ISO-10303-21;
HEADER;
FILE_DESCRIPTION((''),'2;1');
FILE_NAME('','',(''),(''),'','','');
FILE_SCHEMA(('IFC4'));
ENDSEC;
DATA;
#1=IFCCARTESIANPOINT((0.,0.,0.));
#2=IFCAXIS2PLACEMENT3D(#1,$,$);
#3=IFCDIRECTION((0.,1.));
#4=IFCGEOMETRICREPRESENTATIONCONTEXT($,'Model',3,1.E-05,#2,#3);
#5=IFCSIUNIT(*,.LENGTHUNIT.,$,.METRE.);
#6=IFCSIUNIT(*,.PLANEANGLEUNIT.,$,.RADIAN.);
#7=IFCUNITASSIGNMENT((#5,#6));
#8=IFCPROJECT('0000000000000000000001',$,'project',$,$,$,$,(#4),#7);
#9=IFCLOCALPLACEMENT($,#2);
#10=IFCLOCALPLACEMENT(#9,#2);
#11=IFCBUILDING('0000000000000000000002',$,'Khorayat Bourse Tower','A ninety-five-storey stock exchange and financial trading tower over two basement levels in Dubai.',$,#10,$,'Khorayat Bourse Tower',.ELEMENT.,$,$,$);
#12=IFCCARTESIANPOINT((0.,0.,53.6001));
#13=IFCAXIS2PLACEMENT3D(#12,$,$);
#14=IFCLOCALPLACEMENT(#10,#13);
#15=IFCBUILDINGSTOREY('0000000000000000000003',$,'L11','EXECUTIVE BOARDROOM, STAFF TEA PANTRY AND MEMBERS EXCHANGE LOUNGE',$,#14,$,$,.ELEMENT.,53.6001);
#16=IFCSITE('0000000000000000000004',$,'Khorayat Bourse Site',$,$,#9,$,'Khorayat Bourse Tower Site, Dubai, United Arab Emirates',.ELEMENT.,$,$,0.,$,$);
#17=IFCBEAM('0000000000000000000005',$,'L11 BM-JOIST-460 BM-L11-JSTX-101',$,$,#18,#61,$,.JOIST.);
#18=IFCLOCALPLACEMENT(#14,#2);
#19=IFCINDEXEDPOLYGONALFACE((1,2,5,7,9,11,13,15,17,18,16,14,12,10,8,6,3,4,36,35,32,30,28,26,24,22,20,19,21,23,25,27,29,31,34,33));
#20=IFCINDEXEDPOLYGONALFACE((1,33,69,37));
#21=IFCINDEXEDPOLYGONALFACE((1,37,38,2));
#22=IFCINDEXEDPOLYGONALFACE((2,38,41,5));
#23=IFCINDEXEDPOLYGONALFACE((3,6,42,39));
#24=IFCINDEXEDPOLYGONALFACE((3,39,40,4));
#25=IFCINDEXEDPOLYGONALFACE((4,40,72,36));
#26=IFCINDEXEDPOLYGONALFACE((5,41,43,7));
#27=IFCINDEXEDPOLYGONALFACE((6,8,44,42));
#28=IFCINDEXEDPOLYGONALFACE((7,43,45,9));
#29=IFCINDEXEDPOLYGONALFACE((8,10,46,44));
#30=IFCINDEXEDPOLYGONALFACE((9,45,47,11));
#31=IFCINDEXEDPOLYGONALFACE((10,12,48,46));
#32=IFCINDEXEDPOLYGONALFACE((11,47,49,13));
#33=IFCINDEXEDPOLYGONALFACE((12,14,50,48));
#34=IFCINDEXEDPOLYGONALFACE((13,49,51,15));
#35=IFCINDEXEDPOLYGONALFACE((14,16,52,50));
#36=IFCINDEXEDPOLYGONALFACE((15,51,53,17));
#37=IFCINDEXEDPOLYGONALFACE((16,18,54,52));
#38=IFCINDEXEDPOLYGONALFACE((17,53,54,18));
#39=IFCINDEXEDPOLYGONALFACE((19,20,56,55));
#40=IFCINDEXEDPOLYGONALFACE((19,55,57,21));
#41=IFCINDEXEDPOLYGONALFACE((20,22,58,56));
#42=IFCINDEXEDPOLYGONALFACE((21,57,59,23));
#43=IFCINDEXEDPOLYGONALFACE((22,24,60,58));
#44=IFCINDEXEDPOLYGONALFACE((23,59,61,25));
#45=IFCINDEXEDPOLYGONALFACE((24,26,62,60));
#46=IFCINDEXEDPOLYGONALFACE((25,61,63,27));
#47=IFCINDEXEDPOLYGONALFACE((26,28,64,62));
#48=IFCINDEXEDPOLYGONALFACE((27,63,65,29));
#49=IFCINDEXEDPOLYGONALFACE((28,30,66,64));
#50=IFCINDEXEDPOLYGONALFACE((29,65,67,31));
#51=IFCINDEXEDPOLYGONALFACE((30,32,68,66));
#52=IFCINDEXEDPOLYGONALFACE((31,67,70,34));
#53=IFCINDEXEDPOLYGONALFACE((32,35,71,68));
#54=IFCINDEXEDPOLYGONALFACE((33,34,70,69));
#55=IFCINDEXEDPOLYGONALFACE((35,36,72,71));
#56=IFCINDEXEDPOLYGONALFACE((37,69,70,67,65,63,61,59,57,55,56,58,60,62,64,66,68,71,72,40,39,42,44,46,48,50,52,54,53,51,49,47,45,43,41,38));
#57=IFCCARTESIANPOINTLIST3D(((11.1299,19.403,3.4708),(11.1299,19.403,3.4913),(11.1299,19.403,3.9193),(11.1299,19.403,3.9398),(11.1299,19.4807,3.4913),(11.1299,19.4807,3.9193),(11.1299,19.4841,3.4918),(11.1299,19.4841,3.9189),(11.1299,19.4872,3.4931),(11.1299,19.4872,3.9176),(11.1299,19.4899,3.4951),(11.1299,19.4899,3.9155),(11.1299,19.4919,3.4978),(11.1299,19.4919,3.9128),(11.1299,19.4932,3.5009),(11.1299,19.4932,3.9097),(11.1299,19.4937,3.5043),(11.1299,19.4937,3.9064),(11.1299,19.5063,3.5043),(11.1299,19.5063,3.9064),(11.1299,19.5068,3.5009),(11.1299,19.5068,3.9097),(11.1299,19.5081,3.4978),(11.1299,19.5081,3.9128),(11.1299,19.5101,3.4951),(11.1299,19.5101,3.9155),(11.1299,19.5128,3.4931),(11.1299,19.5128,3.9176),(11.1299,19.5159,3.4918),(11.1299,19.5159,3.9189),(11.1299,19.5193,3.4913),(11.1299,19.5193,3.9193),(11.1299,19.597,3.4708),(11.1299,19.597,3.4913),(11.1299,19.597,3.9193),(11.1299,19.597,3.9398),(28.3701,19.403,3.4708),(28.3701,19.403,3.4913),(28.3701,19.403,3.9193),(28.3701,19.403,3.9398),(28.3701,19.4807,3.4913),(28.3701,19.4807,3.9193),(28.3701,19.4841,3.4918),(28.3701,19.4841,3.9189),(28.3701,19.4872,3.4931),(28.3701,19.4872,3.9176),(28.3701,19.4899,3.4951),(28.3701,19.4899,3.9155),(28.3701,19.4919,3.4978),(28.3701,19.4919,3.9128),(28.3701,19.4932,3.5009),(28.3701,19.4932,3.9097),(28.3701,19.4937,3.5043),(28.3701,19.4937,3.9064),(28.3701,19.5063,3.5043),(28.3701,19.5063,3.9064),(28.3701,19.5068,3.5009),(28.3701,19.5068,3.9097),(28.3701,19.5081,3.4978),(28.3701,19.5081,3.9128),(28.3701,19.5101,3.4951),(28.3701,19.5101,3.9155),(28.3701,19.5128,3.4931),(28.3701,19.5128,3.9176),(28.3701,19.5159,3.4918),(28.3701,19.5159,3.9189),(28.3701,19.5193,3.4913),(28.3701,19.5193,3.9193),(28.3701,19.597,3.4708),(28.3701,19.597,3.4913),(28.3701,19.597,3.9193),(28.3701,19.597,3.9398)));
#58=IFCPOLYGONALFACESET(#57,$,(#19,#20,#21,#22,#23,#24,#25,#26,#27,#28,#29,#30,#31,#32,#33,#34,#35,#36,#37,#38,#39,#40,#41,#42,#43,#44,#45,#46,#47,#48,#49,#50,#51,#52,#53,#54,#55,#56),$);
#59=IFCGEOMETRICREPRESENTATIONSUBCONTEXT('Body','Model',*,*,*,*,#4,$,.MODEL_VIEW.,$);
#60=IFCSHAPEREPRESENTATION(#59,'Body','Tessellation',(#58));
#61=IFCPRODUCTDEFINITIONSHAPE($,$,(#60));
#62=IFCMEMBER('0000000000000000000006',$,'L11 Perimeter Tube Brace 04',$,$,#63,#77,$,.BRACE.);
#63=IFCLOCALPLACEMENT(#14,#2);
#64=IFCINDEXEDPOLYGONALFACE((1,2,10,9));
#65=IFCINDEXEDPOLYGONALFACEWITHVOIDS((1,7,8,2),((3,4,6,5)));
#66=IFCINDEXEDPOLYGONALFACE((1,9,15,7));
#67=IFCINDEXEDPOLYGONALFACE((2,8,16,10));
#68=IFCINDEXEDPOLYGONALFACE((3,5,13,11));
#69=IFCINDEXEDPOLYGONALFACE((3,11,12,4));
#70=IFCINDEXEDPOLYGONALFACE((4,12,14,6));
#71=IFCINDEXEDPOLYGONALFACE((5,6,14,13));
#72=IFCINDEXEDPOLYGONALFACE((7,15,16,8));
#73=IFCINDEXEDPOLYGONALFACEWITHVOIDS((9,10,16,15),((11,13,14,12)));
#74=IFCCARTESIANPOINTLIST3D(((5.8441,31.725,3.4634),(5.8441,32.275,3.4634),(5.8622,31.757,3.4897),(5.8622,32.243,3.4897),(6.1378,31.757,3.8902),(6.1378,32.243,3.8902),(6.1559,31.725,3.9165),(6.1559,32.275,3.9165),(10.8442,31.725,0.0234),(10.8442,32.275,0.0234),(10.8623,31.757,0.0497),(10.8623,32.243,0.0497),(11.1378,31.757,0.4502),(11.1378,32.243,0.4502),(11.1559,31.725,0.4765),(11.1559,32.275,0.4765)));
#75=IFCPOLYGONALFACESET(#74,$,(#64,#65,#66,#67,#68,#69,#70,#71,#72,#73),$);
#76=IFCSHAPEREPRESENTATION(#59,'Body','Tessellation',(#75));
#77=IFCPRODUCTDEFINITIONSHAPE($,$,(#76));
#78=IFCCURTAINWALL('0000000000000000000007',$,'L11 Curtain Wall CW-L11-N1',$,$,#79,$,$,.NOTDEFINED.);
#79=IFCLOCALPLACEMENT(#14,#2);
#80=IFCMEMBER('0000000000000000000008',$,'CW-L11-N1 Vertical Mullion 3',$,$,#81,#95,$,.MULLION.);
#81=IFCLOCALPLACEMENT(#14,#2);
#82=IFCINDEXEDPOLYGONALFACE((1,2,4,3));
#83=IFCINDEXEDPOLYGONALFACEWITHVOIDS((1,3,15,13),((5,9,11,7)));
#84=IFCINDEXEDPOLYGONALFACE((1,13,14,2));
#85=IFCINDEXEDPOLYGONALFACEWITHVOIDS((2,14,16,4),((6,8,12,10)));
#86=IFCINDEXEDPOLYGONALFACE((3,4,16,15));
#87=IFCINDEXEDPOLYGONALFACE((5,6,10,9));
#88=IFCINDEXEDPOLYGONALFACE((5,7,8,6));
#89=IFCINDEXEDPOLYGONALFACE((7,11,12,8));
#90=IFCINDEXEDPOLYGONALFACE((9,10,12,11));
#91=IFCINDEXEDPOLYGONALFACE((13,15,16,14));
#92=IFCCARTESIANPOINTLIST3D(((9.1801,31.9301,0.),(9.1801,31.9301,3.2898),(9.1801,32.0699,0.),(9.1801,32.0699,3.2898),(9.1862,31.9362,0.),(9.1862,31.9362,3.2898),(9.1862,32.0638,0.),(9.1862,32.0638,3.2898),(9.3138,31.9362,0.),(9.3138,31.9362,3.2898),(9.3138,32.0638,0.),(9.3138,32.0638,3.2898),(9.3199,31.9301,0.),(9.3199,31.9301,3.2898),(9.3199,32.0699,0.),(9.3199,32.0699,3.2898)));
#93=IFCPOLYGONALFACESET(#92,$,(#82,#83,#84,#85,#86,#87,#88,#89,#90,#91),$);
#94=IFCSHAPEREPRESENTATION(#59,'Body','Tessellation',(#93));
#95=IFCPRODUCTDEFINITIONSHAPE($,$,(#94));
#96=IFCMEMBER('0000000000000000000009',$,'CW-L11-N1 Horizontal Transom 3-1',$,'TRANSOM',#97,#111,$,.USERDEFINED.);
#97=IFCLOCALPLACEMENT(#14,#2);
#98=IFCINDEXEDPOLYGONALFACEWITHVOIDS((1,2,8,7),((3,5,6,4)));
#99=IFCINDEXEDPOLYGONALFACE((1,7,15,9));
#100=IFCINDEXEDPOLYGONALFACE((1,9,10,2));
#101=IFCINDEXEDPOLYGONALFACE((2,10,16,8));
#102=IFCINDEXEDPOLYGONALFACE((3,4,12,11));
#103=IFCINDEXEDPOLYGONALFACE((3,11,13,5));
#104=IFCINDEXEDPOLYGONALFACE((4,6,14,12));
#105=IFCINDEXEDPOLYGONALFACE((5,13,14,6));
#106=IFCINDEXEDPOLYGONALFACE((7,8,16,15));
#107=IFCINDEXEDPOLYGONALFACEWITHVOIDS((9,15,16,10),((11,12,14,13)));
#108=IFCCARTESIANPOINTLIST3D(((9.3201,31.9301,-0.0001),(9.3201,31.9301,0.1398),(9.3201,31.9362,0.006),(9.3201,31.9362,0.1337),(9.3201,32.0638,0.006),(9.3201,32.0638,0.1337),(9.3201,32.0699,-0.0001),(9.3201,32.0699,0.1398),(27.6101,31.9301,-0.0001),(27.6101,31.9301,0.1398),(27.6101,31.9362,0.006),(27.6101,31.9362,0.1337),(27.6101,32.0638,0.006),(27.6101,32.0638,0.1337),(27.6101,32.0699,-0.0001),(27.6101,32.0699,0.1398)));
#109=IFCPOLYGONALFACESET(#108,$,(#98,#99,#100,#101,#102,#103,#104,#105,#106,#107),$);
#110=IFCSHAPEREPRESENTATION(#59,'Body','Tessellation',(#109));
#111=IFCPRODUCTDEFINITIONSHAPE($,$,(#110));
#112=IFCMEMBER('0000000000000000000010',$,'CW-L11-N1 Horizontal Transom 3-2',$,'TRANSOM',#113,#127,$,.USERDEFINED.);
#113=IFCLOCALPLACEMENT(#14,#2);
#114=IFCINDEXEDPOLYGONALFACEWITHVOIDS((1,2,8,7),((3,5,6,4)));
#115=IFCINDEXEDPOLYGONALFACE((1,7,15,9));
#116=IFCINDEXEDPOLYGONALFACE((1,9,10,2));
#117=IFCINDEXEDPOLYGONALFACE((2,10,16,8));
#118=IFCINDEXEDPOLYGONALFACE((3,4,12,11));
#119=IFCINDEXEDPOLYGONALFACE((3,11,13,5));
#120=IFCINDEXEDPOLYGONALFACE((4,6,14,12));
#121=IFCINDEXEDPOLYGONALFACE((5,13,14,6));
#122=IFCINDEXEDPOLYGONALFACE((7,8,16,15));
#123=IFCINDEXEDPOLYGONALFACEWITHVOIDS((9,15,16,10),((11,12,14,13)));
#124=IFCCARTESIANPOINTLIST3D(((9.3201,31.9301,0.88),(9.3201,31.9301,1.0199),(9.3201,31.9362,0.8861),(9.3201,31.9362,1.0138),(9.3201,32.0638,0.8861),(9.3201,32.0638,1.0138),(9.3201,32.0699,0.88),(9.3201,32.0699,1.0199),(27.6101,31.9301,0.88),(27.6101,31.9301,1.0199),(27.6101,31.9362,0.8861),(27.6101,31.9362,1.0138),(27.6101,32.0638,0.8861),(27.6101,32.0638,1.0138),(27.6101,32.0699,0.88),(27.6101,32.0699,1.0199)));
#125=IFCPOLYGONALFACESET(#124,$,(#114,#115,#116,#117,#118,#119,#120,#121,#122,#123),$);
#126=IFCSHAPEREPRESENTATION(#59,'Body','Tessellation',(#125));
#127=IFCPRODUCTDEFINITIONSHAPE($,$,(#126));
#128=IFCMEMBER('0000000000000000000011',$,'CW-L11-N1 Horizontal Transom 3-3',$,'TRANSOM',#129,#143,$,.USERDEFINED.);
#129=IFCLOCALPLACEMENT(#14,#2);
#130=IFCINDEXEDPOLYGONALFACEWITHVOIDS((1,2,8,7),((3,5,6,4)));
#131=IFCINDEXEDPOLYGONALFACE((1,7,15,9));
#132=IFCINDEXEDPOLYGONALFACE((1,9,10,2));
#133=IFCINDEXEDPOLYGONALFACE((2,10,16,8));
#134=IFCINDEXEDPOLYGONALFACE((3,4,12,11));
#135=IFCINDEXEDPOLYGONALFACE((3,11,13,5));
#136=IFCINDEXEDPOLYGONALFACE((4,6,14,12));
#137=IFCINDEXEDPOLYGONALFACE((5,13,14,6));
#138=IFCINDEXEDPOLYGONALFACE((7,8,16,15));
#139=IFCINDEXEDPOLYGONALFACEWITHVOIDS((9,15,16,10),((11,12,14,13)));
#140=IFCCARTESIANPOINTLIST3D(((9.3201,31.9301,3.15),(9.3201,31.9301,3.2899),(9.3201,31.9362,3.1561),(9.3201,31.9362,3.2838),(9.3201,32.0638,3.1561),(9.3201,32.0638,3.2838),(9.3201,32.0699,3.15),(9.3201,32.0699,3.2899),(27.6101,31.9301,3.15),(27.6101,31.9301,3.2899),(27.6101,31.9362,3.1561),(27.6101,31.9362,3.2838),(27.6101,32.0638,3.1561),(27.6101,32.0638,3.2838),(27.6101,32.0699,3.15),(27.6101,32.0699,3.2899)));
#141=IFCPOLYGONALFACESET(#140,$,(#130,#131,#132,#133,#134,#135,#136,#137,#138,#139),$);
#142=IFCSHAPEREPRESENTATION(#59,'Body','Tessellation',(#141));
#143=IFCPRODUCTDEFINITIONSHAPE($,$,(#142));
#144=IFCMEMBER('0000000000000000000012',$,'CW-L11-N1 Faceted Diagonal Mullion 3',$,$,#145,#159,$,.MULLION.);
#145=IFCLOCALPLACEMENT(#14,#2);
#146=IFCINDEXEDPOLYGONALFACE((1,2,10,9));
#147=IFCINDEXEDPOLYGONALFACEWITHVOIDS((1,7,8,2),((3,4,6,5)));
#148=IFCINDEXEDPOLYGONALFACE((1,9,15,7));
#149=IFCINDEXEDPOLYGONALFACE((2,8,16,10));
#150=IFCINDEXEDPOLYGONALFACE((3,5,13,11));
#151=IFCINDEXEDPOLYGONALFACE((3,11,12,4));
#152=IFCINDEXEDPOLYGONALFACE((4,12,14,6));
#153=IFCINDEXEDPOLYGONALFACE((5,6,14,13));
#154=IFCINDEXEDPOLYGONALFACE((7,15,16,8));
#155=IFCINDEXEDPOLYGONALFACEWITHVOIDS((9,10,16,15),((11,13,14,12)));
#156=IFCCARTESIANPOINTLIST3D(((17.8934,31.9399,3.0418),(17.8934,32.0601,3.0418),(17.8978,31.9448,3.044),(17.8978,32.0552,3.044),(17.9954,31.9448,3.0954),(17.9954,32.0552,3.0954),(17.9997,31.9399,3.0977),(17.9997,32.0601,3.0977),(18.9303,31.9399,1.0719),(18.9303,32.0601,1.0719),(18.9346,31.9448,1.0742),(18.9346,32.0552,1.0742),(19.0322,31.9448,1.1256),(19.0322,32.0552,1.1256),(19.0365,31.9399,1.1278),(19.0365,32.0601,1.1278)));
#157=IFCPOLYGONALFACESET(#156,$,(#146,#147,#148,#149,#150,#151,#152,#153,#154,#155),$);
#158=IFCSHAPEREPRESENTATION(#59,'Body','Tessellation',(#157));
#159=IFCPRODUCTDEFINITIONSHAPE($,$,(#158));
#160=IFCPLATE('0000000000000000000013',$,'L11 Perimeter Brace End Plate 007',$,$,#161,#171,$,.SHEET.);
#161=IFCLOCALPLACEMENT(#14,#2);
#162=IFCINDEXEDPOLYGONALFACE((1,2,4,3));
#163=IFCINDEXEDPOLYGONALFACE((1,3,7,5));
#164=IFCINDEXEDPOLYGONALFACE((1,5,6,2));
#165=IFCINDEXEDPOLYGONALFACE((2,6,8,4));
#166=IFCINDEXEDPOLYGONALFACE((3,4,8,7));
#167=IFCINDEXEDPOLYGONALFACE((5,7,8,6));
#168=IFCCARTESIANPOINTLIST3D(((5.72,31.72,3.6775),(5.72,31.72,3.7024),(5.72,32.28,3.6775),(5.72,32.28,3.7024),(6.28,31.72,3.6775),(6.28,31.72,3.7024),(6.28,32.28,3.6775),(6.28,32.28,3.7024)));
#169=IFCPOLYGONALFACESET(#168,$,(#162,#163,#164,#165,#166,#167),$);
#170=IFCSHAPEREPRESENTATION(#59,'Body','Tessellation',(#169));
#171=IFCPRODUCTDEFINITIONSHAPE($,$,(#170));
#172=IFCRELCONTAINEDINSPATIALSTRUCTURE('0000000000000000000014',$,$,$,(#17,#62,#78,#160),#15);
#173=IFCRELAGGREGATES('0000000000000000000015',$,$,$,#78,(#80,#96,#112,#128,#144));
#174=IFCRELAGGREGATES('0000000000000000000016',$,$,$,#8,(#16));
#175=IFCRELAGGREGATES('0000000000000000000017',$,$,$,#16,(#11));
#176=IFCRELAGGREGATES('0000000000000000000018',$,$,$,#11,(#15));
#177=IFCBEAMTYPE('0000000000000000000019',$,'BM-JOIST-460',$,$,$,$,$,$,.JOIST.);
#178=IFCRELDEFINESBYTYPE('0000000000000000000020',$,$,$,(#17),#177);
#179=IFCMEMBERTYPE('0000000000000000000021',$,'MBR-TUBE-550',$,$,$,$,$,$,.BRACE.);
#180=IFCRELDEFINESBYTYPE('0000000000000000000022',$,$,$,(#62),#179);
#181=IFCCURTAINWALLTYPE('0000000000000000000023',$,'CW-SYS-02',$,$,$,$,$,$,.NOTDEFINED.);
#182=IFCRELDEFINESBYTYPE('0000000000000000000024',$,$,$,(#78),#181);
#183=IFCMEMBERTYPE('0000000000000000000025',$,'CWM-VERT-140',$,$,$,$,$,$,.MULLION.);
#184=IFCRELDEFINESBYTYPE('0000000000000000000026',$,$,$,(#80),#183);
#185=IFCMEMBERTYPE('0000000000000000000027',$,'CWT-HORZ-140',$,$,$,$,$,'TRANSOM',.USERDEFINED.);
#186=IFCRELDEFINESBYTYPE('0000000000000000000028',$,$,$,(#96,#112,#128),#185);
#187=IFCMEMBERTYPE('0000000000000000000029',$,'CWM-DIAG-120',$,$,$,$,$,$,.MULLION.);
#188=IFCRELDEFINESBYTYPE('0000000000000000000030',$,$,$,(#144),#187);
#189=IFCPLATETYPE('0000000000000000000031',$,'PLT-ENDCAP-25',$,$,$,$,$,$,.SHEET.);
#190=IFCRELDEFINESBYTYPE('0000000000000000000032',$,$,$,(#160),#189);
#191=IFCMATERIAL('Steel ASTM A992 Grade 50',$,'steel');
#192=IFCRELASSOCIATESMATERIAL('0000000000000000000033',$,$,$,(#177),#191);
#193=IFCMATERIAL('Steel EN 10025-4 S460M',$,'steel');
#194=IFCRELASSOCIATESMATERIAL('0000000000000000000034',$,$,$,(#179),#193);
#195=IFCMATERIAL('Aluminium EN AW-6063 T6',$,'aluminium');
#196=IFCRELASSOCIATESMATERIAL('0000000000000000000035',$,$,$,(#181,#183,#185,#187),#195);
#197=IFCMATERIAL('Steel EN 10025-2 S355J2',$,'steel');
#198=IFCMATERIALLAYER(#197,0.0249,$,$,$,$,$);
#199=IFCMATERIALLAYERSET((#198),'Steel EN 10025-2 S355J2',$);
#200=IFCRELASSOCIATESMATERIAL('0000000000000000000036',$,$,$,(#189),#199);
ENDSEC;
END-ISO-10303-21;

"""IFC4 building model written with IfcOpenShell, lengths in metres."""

from ifc_helpers import new_model, si_unit, direction, frame, origin, origin_2d, place, context, subcontext, project, spatial, rectangle, hollow_rectangle, i_section, extrude, source, transform, mapped, material, layer, layer_set, material_profile, profile_set, type_object, element, aggregate, save


model = new_model("IFC4")

# Units and contexts
model_context = context("Model", 3, precision=1e-05, world=origin(), true_north=direction((0.0, 1.0)))
body_context = subcontext(model_context, "Body", "Model", "MODEL_VIEW")
ifc_project = project(units=[si_unit("LENGTHUNIT", "METRE"), si_unit("PLANEANGLEUNIT", "RADIAN")], contexts=[model_context])

# Site, building, storey
site_placement = place(None, origin())
site = spatial("IfcSite", under=ifc_project, at=site_placement, Name="Khorayat Bourse Site", LongName="Khorayat Bourse Tower Site, Dubai, United Arab Emirates", CompositionType="ELEMENT", RefElevation=0.0)
building_placement = place(site_placement, origin())
building = spatial("IfcBuilding", under=site, at=building_placement, Name="Khorayat Bourse Tower", Description="A ninety-five-storey stock exchange and financial trading tower over two basement levels in Dubai.", LongName="Khorayat Bourse Tower", CompositionType="ELEMENT")
storey_placement = place(building_placement, frame((0.0, 0.0, 53.6001)))
storey = spatial("IfcBuildingStorey", under=building, at=storey_placement, Name="L11", Description="EXECUTIVE BOARDROOM, STAFF TEA PANTRY AND MEMBERS EXCHANGE LOUNGE", CompositionType="ELEMENT", Elevation=53.6001)

# Shared definitions
ifc_material_1 = material(Name="Steel EN 10025-4 S460M", Category="steel")

# Beam
ifc_material_2 = material(Name="Steel ASTM A992 Grade 50", Category="steel")
ifc_material_profile_1 = material_profile(ifc_material_2, i_section(OverallWidth=0.1941, OverallDepth=0.469, WebThickness=0.0127, FlangeThickness=0.0205, FilletRadius=0.0129, at=origin_2d()), Name="W460X106")
ifc_profile_set_1 = profile_set([ifc_material_profile_1], Name="Steel ASTM A992 Grade 50")
beam_type_1 = type_object("IfcBeamType", Name="BM-JOIST-460", PredefinedType="JOIST", material=ifc_profile_set_1)
shared_shape_1 = source(origin(), body_context, "Body", "SweptSolid", [
    extrude(i_section(OverallWidth=0.1941, OverallDepth=0.469, WebThickness=0.0127, FlangeThickness=0.0205, FilletRadius=0.0129, at=origin_2d()), origin(), (0.0, 0.0, 1.0), 17.2402),
])
beam_1_placement = place(storey_placement, frame((11.1299, 19.5, 3.7053), z_axis=(1.0, 0.0, 0.0), x_axis=(0.0, 1.0, 0.0)))
element("IfcBeam", 1, at=beam_1_placement, inside=storey, type_object=beam_type_1, Name="L11 BM-JOIST-460 BM-L11-JSTX-101", PredefinedType="JOIST", context=body_context, shape_type="MappedRepresentation", body=[
    mapped(shared_shape_1, transform((0.0, 0.0, 0.0), scale=1.0)),
])

# Member
ifc_material_profile_2 = material_profile(ifc_material_1, hollow_rectangle(XDim=0.55, YDim=0.55, WallThickness=0.032, at=origin_2d()), Name="HSS 550x550x32")
ifc_profile_set_2 = profile_set([ifc_material_profile_2], Name="Steel EN 10025-4 S460M")
member_type_1 = type_object("IfcMemberType", Name="MBR-TUBE-550", PredefinedType="BRACE", material=ifc_profile_set_2)
shared_shape_2 = source(origin(), body_context, "Body", "SweptSolid", [
    extrude(hollow_rectangle(XDim=0.55, YDim=0.55, WallThickness=0.032, at=origin_2d()), origin(), (0.0, 0.0, 1.0), 6.0691),
])
member_1_placement = place(storey_placement, frame((6.0, 32.0, 3.6899), z_axis=(0.823854, 0.0, -0.566802), x_axis=(0.0, 1.0, 0.0)))
element("IfcMember", 2, at=member_1_placement, inside=storey, type_object=member_type_1, Name="L11 Perimeter Tube Brace 04", PredefinedType="BRACE", context=body_context, shape_type="MappedRepresentation", body=[
    mapped(shared_shape_2, transform((0.0, 0.0, 0.0), scale=1.0)),
])

# Curtain wall, members
ifc_material_3 = material(Name="Aluminium EN AW-6063 T6", Category="aluminium")
curtain_wall_type = type_object("IfcCurtainWallType", Name="CW-SYS-02", PredefinedType="NOTDEFINED", material=ifc_material_3)
curtain_wall_placement = place(storey_placement, origin())
curtain_wall = element("IfcCurtainWall", 3, at=curtain_wall_placement, inside=storey, type_object=curtain_wall_type, Name="L11 Curtain Wall CW-L11-N1", PredefinedType="NOTDEFINED")
ifc_material_profile_3 = material_profile(ifc_material_3, hollow_rectangle(XDim=0.1399, YDim=0.1399, WallThickness=0.0061, at=origin_2d()), Name="ALU 140x140x6")
ifc_profile_set_3 = profile_set([ifc_material_profile_3], Name="Aluminium EN AW-6063 T6")
member_type_2 = type_object("IfcMemberType", Name="CWM-VERT-140", PredefinedType="MULLION", material=ifc_profile_set_3)
shared_shape_3 = source(origin(), body_context, "Body", "SweptSolid", [
    extrude(hollow_rectangle(XDim=0.1399, YDim=0.1399, WallThickness=0.0061, at=origin_2d()), origin(), (0.0, 0.0, 1.0), 3.2898),
])
member_2_placement = place(storey_placement, frame((9.25, 32.0, 0.0), z_axis=(0.0, 0.0, 1.0), x_axis=(0.0, 1.0, 0.0)))
member_2 = element("IfcMember", 4, at=member_2_placement, type_object=member_type_2, Name="CW-L11-N1 Vertical Mullion 3", PredefinedType="MULLION", context=body_context, shape_type="MappedRepresentation", body=[
    mapped(shared_shape_3, transform((0.0, 0.0, 0.0), scale=1.0)),
])
ifc_material_profile_4 = material_profile(ifc_material_3, hollow_rectangle(XDim=0.1399, YDim=0.1399, WallThickness=0.0061, at=origin_2d()), Name="ALU 140x140x6")
ifc_profile_set_4 = profile_set([ifc_material_profile_4], Name="Aluminium EN AW-6063 T6")
member_type_3 = type_object("IfcMemberType", Name="CWT-HORZ-140", ElementType="TRANSOM", PredefinedType="USERDEFINED", material=ifc_profile_set_4)
shared_shape_4 = source(origin(), body_context, "Body", "SweptSolid", [
    extrude(hollow_rectangle(XDim=0.1399, YDim=0.1399, WallThickness=0.0061, at=origin_2d()), origin(), (0.0, 0.0, 1.0), 18.29),
])
member_3_placement = place(storey_placement, frame((9.3201, 32.0, 0.0698), z_axis=(1.0, 0.0, 0.0), x_axis=(0.0, 1.0, 0.0)))
member_3 = element("IfcMember", 5, at=member_3_placement, type_object=member_type_3, Name="CW-L11-N1 Horizontal Transom 3-1", ObjectType="TRANSOM", PredefinedType="USERDEFINED", context=body_context, shape_type="MappedRepresentation", body=[
    mapped(shared_shape_4, transform((0.0, 0.0, 0.0), scale=1.0)),
])
member_4_placement = place(storey_placement, frame((9.3201, 32.0, 0.95), z_axis=(1.0, 0.0, 0.0), x_axis=(0.0, 1.0, 0.0)))
member_4 = element("IfcMember", 6, at=member_4_placement, type_object=member_type_3, Name="CW-L11-N1 Horizontal Transom 3-2", ObjectType="TRANSOM", PredefinedType="USERDEFINED", context=body_context, shape_type="MappedRepresentation", body=[
    mapped(shared_shape_4, transform((0.0, 0.0, 0.0), scale=1.0)),
])
member_5_placement = place(storey_placement, frame((9.3201, 32.0, 3.22), z_axis=(1.0, 0.0, 0.0), x_axis=(0.0, 1.0, 0.0)))
member_5 = element("IfcMember", 7, at=member_5_placement, type_object=member_type_3, Name="CW-L11-N1 Horizontal Transom 3-3", ObjectType="TRANSOM", PredefinedType="USERDEFINED", context=body_context, shape_type="MappedRepresentation", body=[
    mapped(shared_shape_4, transform((0.0, 0.0, 0.0), scale=1.0)),
])
ifc_material_profile_5 = material_profile(ifc_material_3, hollow_rectangle(XDim=0.1201, YDim=0.1201, WallThickness=0.0049, at=origin_2d()), Name="ALU 120x120x5")
ifc_profile_set_5 = profile_set([ifc_material_profile_5], Name="Aluminium EN AW-6063 T6")
member_type_4 = type_object("IfcMemberType", Name="CWM-DIAG-120", PredefinedType="MULLION", material=ifc_profile_set_5)
shared_shape_5 = source(origin(), body_context, "Body", "SweptSolid", [
    extrude(hollow_rectangle(XDim=0.1201, YDim=0.1201, WallThickness=0.0049, at=origin_2d()), origin(), (0.0, 0.0, 1.0), 2.2261),
])
member_6_placement = place(storey_placement, frame((18.9834, 32.0, 1.0999), z_axis=(-0.46576, 0.0, 0.884911), x_axis=(0.0, -1.0, 0.0)))
member_6 = element("IfcMember", 8, at=member_6_placement, type_object=member_type_4, Name="CW-L11-N1 Faceted Diagonal Mullion 3", PredefinedType="MULLION", context=body_context, shape_type="MappedRepresentation", body=[
    mapped(shared_shape_5, transform((0.0, 0.0, 0.0), scale=1.0)),
])

# Plate
ifc_material_4 = material(Name="Steel EN 10025-2 S355J2", Category="steel")
ifc_layer_1 = layer(ifc_material_4, 0.0249)
ifc_layer_set_1 = layer_set([ifc_layer_1], Name="Steel EN 10025-2 S355J2")
plate_type_1 = type_object("IfcPlateType", Name="PLT-ENDCAP-25", PredefinedType="SHEET", material=ifc_layer_set_1)
shared_shape_6 = source(origin(), body_context, "Body", "SweptSolid", [
    extrude(rectangle(XDim=0.5601, YDim=0.5601, at=origin_2d()), origin(), (0.0, 0.0, 1.0), 0.0249),
])
for number, where, z_axis, x_axis, name in (
    (9, (6.0, 32.0, 3.6775), (0.0, 0.0, 1.0), (1.0, 0.0, 0.0), "L11 Perimeter Brace End Plate 007"),
):
    element("IfcPlate", number, at=place(storey_placement, frame(where, z_axis=z_axis, x_axis=x_axis)), inside=storey, type_object=plate_type_1, Name=name, PredefinedType="SHEET", context=body_context, shape_type="MappedRepresentation", body=[
        mapped(shared_shape_6, transform((0.0, 0.0, 0.0), scale=1.0)),
    ])

aggregate(curtain_wall, [member_2, member_3, member_4, member_5, member_6])

save(model, "model.ifc")
